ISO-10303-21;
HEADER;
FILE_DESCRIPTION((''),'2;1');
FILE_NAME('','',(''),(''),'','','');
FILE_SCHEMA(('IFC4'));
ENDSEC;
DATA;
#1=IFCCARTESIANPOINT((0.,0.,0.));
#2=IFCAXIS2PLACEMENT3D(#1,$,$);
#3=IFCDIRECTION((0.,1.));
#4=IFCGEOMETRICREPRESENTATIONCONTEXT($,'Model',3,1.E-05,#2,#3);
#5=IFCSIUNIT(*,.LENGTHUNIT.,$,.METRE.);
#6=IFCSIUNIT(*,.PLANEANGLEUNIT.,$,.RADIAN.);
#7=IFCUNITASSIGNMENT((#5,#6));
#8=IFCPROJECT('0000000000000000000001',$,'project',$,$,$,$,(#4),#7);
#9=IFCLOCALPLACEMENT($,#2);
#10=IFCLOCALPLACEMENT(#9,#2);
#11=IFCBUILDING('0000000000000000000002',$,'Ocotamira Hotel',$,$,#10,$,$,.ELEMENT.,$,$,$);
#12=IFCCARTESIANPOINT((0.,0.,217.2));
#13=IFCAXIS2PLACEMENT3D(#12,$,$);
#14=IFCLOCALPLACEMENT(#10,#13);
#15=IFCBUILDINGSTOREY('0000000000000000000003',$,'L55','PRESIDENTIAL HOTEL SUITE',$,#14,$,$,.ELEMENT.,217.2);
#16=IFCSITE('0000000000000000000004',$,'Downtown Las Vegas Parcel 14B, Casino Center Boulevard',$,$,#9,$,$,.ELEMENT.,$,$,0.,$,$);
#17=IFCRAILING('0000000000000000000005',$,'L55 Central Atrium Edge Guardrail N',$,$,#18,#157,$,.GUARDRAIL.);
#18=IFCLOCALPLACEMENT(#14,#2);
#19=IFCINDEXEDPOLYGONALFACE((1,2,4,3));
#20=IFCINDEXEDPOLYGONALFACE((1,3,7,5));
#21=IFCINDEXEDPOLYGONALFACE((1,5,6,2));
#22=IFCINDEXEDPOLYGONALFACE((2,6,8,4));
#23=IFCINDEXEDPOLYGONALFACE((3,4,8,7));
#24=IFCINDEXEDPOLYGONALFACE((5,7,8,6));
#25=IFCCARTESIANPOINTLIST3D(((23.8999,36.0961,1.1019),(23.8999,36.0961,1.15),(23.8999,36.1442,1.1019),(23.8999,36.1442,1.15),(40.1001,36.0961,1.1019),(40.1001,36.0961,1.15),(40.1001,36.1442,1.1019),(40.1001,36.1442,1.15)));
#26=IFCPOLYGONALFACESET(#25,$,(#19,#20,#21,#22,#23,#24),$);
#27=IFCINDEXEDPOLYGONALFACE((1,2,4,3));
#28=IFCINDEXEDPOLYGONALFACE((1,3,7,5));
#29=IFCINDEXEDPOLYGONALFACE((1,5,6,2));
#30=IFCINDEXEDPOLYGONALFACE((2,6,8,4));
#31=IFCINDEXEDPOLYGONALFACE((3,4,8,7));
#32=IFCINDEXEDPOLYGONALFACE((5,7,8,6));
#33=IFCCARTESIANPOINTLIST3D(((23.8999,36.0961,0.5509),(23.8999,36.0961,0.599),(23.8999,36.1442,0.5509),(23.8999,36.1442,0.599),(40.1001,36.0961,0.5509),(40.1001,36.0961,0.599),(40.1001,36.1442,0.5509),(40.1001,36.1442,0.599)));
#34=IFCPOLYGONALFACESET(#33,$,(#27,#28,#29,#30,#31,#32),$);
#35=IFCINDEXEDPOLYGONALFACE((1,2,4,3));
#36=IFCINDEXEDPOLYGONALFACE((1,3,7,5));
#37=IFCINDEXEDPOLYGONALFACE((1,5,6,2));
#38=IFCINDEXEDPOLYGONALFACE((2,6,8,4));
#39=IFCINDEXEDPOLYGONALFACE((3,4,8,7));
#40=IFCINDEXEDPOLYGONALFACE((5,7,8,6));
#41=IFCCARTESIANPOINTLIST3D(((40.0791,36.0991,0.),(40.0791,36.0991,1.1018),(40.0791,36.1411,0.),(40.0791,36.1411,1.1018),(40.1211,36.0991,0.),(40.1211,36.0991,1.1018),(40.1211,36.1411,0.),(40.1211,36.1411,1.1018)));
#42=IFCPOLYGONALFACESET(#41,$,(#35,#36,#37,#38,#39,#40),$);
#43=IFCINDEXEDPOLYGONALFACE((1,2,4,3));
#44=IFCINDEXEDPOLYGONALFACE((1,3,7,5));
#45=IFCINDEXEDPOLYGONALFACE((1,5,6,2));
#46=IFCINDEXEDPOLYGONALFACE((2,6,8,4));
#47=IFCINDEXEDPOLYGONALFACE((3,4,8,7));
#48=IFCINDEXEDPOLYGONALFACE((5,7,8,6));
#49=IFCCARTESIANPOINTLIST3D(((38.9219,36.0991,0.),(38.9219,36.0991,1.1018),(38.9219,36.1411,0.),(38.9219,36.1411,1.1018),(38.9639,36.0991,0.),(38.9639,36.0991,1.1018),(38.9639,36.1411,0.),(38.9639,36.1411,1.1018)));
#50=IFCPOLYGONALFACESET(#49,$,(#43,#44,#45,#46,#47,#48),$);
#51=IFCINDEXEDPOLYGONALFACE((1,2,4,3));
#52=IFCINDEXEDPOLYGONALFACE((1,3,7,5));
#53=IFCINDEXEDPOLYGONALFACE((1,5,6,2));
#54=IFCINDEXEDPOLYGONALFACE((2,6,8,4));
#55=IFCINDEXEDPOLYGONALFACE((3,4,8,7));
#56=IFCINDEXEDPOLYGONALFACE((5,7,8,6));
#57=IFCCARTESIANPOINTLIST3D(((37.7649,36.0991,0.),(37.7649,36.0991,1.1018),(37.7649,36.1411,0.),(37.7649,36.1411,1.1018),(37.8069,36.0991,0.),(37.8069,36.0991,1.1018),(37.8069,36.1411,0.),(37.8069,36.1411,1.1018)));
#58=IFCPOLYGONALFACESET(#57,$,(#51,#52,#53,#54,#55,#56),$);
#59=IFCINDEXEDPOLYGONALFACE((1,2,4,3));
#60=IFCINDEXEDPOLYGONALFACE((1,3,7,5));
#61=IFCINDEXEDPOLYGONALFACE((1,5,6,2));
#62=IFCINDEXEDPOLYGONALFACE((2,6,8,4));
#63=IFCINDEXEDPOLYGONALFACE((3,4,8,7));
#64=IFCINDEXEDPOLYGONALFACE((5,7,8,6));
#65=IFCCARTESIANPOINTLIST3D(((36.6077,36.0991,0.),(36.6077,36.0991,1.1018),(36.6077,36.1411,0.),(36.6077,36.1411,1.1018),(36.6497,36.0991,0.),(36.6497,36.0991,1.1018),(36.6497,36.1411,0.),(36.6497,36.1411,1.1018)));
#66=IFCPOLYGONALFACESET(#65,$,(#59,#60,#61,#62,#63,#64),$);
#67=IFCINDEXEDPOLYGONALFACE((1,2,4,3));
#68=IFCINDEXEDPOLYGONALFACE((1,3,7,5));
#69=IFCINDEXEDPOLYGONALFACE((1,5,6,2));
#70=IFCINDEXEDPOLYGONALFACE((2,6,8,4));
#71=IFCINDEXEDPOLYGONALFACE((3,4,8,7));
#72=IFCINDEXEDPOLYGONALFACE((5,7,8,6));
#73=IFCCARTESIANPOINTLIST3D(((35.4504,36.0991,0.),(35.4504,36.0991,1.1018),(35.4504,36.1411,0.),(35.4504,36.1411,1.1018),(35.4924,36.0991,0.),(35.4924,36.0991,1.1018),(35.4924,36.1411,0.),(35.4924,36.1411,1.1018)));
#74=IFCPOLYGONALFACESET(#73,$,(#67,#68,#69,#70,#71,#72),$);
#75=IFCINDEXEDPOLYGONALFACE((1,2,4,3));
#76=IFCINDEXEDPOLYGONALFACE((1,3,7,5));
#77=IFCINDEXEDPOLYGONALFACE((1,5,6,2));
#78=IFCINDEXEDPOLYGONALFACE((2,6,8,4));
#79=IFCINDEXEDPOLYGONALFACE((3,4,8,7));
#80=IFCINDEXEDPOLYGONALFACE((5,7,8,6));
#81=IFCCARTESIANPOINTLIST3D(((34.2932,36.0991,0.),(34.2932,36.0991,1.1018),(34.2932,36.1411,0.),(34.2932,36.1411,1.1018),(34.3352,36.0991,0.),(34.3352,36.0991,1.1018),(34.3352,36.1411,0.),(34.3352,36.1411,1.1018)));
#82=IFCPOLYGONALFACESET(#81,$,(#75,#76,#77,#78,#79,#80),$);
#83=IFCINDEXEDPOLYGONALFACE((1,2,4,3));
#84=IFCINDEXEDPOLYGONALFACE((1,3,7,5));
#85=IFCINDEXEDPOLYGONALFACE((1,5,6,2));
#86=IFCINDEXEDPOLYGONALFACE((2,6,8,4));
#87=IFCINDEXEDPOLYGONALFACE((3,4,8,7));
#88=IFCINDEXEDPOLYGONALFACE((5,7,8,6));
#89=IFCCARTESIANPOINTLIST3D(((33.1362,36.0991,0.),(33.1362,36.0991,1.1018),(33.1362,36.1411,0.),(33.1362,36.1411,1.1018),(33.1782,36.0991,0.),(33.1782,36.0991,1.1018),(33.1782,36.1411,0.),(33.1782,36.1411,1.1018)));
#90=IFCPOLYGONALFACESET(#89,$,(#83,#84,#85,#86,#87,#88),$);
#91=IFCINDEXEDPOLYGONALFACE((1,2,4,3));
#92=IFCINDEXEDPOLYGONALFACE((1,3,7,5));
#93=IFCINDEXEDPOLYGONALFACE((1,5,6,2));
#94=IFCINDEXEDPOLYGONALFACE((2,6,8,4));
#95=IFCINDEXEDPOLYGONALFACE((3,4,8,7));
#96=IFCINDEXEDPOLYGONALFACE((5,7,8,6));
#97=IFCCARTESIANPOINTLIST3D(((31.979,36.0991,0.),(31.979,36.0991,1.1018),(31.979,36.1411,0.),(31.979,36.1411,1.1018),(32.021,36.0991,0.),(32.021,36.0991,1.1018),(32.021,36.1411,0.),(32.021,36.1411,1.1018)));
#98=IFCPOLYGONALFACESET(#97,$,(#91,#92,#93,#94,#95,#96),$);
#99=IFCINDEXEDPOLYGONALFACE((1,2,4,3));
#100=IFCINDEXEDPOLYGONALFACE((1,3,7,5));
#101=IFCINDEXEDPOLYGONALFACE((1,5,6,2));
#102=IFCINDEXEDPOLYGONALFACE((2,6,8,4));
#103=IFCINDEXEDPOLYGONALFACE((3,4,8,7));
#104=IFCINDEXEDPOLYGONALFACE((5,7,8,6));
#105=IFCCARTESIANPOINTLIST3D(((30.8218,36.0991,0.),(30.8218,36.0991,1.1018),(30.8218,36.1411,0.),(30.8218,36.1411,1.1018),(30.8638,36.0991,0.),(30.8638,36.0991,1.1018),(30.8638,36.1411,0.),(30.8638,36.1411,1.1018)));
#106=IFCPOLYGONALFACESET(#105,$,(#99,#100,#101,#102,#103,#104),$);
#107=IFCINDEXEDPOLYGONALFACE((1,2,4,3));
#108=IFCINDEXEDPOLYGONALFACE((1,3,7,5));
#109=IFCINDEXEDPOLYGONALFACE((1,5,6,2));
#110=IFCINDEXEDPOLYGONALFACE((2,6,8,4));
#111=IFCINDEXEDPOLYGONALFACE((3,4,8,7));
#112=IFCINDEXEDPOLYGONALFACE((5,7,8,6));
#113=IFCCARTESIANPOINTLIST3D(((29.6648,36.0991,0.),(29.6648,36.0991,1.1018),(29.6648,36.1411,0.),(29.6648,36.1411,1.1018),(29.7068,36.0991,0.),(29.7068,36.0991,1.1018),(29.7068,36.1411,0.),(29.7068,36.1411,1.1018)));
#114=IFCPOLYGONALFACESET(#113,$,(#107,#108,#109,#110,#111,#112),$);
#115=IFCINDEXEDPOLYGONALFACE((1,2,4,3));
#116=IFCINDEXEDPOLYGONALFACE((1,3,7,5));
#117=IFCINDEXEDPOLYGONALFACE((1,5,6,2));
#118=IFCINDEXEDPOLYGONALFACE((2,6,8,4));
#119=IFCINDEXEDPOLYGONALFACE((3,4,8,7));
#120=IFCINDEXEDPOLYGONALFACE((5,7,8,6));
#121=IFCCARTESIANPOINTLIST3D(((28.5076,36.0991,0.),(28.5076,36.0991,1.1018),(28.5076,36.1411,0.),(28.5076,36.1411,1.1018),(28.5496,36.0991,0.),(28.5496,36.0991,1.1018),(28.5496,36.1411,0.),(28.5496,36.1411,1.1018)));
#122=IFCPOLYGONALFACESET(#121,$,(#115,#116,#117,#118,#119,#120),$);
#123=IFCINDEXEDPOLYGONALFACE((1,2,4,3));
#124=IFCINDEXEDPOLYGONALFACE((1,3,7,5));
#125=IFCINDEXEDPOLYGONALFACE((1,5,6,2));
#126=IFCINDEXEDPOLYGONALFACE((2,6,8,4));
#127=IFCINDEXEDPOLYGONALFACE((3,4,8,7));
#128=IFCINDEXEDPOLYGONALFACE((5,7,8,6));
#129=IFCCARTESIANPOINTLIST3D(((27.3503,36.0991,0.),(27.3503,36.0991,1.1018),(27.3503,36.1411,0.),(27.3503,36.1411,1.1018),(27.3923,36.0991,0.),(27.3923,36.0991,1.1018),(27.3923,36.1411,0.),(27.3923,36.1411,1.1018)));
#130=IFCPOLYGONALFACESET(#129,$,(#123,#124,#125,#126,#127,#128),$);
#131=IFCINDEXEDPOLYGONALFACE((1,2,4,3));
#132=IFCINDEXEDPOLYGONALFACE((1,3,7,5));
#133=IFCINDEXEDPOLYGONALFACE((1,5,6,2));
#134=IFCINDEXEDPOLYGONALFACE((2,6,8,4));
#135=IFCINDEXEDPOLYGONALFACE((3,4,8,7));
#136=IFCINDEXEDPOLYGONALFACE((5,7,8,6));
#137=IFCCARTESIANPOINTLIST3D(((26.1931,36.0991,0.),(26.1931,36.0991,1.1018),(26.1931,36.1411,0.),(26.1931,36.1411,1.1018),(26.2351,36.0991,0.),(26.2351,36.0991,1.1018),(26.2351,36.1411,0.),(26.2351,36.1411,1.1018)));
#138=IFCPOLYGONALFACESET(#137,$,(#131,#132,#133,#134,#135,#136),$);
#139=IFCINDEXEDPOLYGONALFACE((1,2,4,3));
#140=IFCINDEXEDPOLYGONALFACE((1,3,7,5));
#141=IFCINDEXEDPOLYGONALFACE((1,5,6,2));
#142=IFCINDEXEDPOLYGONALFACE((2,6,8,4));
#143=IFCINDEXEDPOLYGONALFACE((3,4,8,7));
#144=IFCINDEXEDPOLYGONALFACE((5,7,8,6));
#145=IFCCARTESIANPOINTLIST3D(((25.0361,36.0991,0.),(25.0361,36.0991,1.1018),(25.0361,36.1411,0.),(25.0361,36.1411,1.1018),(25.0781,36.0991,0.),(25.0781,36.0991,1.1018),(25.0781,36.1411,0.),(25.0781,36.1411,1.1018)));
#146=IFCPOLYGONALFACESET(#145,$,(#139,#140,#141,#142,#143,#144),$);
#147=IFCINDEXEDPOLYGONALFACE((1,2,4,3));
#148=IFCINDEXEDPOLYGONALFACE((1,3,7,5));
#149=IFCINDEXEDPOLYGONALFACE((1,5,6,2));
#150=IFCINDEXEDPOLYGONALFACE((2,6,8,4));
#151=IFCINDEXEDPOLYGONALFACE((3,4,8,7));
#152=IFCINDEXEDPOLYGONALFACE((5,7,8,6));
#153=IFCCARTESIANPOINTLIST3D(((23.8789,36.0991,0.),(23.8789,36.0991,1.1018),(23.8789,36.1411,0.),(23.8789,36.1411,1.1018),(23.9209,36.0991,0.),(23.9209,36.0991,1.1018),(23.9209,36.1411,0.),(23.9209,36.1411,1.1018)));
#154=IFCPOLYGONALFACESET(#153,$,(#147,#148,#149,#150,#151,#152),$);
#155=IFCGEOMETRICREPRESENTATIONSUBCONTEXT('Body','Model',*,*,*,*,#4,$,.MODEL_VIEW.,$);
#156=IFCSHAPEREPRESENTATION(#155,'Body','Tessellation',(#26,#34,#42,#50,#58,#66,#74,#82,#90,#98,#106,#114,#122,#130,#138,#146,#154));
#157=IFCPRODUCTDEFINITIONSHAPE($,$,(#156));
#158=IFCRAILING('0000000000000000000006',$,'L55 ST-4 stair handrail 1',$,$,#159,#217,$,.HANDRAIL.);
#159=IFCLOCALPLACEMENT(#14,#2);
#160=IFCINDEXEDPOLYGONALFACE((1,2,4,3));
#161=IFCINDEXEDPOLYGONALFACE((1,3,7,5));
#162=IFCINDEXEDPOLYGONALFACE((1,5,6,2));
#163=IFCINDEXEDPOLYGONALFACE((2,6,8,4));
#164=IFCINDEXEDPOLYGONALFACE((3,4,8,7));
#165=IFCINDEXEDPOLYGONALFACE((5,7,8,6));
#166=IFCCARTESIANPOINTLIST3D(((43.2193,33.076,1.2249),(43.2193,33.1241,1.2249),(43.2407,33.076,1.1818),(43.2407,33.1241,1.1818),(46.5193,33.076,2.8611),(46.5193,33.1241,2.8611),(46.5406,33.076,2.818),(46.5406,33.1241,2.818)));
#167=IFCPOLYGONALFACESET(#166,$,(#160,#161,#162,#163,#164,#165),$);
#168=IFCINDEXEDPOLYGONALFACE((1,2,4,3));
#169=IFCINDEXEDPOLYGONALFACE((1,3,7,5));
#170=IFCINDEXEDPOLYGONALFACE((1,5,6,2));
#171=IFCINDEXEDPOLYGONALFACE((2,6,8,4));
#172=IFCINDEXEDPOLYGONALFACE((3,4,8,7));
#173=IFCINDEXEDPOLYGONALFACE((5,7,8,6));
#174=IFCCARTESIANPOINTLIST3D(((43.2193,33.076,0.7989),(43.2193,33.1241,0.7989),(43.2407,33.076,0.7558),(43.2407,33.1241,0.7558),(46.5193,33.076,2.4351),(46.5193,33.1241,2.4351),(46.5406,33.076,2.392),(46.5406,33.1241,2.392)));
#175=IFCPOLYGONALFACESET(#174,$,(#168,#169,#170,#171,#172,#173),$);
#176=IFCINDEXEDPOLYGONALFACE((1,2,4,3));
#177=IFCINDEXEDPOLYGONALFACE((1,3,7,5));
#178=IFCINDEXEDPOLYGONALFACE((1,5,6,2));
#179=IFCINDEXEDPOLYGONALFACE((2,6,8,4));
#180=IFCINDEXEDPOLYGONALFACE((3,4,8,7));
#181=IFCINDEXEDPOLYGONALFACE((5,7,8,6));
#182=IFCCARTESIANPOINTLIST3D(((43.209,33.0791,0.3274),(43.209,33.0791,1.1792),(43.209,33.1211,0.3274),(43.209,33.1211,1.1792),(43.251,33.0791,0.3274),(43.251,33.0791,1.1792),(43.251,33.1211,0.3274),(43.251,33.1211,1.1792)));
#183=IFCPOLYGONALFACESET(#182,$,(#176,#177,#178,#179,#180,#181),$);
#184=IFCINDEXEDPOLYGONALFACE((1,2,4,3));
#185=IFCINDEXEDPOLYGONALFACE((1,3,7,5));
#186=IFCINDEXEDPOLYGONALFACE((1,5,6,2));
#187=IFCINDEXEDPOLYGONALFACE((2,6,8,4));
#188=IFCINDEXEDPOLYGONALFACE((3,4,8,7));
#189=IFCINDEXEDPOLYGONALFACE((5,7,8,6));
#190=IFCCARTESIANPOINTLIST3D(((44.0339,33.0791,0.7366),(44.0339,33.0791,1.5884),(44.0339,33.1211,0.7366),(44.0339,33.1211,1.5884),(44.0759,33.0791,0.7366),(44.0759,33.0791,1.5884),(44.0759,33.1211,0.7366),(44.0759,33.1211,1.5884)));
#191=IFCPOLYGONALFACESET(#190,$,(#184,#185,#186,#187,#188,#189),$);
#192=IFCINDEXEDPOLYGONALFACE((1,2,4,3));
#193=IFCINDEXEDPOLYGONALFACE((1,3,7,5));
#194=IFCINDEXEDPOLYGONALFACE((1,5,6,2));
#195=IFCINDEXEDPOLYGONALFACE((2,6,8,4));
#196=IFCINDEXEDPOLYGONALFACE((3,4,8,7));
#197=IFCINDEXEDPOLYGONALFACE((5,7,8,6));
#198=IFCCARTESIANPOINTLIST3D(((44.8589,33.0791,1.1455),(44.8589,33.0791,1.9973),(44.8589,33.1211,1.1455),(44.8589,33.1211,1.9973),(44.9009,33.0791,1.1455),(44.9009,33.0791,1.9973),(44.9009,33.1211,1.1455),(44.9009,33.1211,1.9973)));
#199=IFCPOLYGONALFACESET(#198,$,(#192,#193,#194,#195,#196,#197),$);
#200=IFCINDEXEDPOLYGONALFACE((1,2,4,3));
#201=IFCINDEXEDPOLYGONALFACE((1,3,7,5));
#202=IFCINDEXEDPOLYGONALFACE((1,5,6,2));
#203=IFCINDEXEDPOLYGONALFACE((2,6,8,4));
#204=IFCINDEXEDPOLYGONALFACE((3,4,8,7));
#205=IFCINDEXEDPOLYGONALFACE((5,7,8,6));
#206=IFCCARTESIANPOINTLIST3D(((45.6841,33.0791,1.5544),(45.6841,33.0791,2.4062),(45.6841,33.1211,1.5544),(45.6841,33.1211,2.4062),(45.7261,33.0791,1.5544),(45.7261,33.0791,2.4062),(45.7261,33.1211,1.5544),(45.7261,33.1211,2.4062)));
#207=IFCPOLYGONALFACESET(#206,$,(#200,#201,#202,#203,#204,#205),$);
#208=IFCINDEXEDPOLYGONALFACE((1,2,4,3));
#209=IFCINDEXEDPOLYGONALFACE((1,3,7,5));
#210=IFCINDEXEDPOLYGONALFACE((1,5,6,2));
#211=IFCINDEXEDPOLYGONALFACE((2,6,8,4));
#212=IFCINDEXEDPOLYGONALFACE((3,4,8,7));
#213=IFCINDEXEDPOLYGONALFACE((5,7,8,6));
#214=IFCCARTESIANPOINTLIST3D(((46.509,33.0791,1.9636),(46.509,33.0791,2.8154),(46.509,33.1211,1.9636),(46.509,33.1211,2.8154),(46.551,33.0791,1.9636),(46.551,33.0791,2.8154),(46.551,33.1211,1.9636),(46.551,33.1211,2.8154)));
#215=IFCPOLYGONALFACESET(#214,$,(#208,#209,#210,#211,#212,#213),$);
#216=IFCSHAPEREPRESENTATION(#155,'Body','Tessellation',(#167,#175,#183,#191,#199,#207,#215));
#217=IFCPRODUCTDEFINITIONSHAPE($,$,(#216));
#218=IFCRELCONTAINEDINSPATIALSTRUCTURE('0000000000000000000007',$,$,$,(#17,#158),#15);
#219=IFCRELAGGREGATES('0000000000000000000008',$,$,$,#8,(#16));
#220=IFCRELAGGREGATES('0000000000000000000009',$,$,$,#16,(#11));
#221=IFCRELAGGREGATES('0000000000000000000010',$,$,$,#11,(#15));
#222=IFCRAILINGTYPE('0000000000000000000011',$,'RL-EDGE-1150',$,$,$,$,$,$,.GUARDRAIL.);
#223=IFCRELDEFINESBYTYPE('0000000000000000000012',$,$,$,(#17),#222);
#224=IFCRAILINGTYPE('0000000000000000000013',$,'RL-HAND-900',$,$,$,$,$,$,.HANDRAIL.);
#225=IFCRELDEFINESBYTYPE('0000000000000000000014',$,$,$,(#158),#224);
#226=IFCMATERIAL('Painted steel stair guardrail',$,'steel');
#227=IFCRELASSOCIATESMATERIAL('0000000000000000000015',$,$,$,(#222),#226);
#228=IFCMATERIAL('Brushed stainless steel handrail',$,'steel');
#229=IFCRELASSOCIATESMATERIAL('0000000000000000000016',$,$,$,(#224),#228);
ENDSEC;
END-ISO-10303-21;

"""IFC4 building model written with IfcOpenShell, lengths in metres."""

from ifc_helpers import new_model, si_unit, direction, frame, origin, origin_2d, place, context, subcontext, project, spatial, rectangle, extrude, material, type_object, element, save


model = new_model("IFC4")

# Units and contexts
model_context = context("Model", 3, precision=1e-05, world=origin(), true_north=direction((0.0, 1.0)))
body_context = subcontext(model_context, "Body", "Model", "MODEL_VIEW")
ifc_project = project(units=[si_unit("LENGTHUNIT", "METRE"), si_unit("PLANEANGLEUNIT", "RADIAN")], contexts=[model_context])

# Site, building, storey
site_placement = place(None, origin())
site = spatial("IfcSite", under=ifc_project, at=site_placement, Name="Downtown Las Vegas Parcel 14B, Casino Center Boulevard", CompositionType="ELEMENT", RefElevation=0.0)
building_placement = place(site_placement, origin())
building = spatial("IfcBuilding", under=site, at=building_placement, Name="Ocotamira Hotel", CompositionType="ELEMENT")
storey_placement = place(building_placement, frame((0.0, 0.0, 217.2)))
storey = spatial("IfcBuildingStorey", under=building, at=storey_placement, Name="L55", Description="PRESIDENTIAL HOTEL SUITE", CompositionType="ELEMENT", Elevation=217.2)

# Railings
ifc_material_1 = material(Name="Painted steel stair guardrail", Category="steel")
railing_type_1 = type_object("IfcRailingType", Name="RL-EDGE-1150", PredefinedType="GUARDRAIL", material=ifc_material_1)
railing_1_placement = place(storey_placement, frame((40.1001, 36.1201, 0.0)))
element("IfcRailing", 1, at=railing_1_placement, inside=storey, type_object=railing_type_1, Name="L55 Central Atrium Edge Guardrail N", PredefinedType="GUARDRAIL", context=body_context, shape_type="SweptSolid", body=[
    extrude(rectangle(XDim=0.0481, YDim=0.0481, at=origin_2d()), frame((0.0, 0.0, 1.126), z_axis=(-1.0, 0.0, 0.0), x_axis=(0.0, -1.0, 0.0)), (0.0, 0.0, 1.0), 16.2002),
    extrude(rectangle(XDim=0.0481, YDim=0.0481, at=origin_2d()), frame((0.0, 0.0, 0.575), z_axis=(-1.0, 0.0, 0.0), x_axis=(0.0, -1.0, 0.0)), (0.0, 0.0, 1.0), 16.2002),
    extrude(rectangle(XDim=0.042, YDim=0.042, at=origin_2d()), origin(), (0.0, 0.0, 1.0), 1.1018),
    extrude(rectangle(XDim=0.042, YDim=0.042, at=origin_2d()), frame((-1.1572, 0.0, 0.0)), (0.0, 0.0, 1.0), 1.1018),
    extrude(rectangle(XDim=0.042, YDim=0.042, at=origin_2d()), frame((-2.3142, 0.0, 0.0)), (0.0, 0.0, 1.0), 1.1018),
    extrude(rectangle(XDim=0.042, YDim=0.042, at=origin_2d()), frame((-3.4714, 0.0, 0.0)), (0.0, 0.0, 1.0), 1.1018),
    extrude(rectangle(XDim=0.042, YDim=0.042, at=origin_2d()), frame((-4.6287, 0.0, 0.0)), (0.0, 0.0, 1.0), 1.1018),
    extrude(rectangle(XDim=0.042, YDim=0.042, at=origin_2d()), frame((-5.7859, 0.0, 0.0)), (0.0, 0.0, 1.0), 1.1018),
    extrude(rectangle(XDim=0.042, YDim=0.042, at=origin_2d()), frame((-6.9429, 0.0, 0.0)), (0.0, 0.0, 1.0), 1.1018),
    extrude(rectangle(XDim=0.042, YDim=0.042, at=origin_2d()), frame((-8.1001, 0.0, 0.0)), (0.0, 0.0, 1.0), 1.1018),
    extrude(rectangle(XDim=0.042, YDim=0.042, at=origin_2d()), frame((-9.2573, 0.0, 0.0)), (0.0, 0.0, 1.0), 1.1018),
    extrude(rectangle(XDim=0.042, YDim=0.042, at=origin_2d()), frame((-10.4143, 0.0, 0.0)), (0.0, 0.0, 1.0), 1.1018),
    extrude(rectangle(XDim=0.042, YDim=0.042, at=origin_2d()), frame((-11.5715, 0.0, 0.0)), (0.0, 0.0, 1.0), 1.1018),
    extrude(rectangle(XDim=0.042, YDim=0.042, at=origin_2d()), frame((-12.7288, 0.0, 0.0)), (0.0, 0.0, 1.0), 1.1018),
    extrude(rectangle(XDim=0.042, YDim=0.042, at=origin_2d()), frame((-13.886, 0.0, 0.0)), (0.0, 0.0, 1.0), 1.1018),
    extrude(rectangle(XDim=0.042, YDim=0.042, at=origin_2d()), frame((-15.043, 0.0, 0.0)), (0.0, 0.0, 1.0), 1.1018),
    extrude(rectangle(XDim=0.042, YDim=0.042, at=origin_2d()), frame((-16.2002, 0.0, 0.0)), (0.0, 0.0, 1.0), 1.1018),
])
ifc_material_2 = material(Name="Brushed stainless steel handrail", Category="steel")
railing_type_2 = type_object("IfcRailingType", Name="RL-HAND-900", PredefinedType="HANDRAIL", material=ifc_material_2)
railing_2_placement = place(storey_placement, frame((43.23, 33.1001, 0.3274)))
element("IfcRailing", 2, at=railing_2_placement, inside=storey, type_object=railing_type_2, Name="L55 ST-4 stair handrail 1", PredefinedType="HANDRAIL", context=body_context, shape_type="SweptSolid", body=[
    extrude(rectangle(XDim=0.0481, YDim=0.0481, at=origin_2d()), frame((0.0, 0.0, 0.876), z_axis=(0.89592, 0.0, 0.444215), x_axis=(0.0, 1.0, 0.0)), (0.0, 0.0, 1.0), 3.6833),
    extrude(rectangle(XDim=0.0481, YDim=0.0481, at=origin_2d()), frame((0.0, 0.0, 0.45), z_axis=(0.89592, 0.0, 0.444215), x_axis=(0.0, 1.0, 0.0)), (0.0, 0.0, 1.0), 3.6833),
    extrude(rectangle(XDim=0.042, YDim=0.042, at=origin_2d()), origin(), (0.0, 0.0, 1.0), 0.8518),
    extrude(rectangle(XDim=0.042, YDim=0.042, at=origin_2d()), frame((0.825, 0.0, 0.4092)), (0.0, 0.0, 1.0), 0.8518),
    extrude(rectangle(XDim=0.042, YDim=0.042, at=origin_2d()), frame((1.6499, 0.0, 0.8181)), (0.0, 0.0, 1.0), 0.8518),
    extrude(rectangle(XDim=0.042, YDim=0.042, at=origin_2d()), frame((2.4751, 0.0, 1.2271)), (0.0, 0.0, 1.0), 0.8518),
    extrude(rectangle(XDim=0.042, YDim=0.042, at=origin_2d()), frame((3.3, 0.0, 1.6362)), (0.0, 0.0, 1.0), 0.8518),
])

save(model, "model.ifc")
